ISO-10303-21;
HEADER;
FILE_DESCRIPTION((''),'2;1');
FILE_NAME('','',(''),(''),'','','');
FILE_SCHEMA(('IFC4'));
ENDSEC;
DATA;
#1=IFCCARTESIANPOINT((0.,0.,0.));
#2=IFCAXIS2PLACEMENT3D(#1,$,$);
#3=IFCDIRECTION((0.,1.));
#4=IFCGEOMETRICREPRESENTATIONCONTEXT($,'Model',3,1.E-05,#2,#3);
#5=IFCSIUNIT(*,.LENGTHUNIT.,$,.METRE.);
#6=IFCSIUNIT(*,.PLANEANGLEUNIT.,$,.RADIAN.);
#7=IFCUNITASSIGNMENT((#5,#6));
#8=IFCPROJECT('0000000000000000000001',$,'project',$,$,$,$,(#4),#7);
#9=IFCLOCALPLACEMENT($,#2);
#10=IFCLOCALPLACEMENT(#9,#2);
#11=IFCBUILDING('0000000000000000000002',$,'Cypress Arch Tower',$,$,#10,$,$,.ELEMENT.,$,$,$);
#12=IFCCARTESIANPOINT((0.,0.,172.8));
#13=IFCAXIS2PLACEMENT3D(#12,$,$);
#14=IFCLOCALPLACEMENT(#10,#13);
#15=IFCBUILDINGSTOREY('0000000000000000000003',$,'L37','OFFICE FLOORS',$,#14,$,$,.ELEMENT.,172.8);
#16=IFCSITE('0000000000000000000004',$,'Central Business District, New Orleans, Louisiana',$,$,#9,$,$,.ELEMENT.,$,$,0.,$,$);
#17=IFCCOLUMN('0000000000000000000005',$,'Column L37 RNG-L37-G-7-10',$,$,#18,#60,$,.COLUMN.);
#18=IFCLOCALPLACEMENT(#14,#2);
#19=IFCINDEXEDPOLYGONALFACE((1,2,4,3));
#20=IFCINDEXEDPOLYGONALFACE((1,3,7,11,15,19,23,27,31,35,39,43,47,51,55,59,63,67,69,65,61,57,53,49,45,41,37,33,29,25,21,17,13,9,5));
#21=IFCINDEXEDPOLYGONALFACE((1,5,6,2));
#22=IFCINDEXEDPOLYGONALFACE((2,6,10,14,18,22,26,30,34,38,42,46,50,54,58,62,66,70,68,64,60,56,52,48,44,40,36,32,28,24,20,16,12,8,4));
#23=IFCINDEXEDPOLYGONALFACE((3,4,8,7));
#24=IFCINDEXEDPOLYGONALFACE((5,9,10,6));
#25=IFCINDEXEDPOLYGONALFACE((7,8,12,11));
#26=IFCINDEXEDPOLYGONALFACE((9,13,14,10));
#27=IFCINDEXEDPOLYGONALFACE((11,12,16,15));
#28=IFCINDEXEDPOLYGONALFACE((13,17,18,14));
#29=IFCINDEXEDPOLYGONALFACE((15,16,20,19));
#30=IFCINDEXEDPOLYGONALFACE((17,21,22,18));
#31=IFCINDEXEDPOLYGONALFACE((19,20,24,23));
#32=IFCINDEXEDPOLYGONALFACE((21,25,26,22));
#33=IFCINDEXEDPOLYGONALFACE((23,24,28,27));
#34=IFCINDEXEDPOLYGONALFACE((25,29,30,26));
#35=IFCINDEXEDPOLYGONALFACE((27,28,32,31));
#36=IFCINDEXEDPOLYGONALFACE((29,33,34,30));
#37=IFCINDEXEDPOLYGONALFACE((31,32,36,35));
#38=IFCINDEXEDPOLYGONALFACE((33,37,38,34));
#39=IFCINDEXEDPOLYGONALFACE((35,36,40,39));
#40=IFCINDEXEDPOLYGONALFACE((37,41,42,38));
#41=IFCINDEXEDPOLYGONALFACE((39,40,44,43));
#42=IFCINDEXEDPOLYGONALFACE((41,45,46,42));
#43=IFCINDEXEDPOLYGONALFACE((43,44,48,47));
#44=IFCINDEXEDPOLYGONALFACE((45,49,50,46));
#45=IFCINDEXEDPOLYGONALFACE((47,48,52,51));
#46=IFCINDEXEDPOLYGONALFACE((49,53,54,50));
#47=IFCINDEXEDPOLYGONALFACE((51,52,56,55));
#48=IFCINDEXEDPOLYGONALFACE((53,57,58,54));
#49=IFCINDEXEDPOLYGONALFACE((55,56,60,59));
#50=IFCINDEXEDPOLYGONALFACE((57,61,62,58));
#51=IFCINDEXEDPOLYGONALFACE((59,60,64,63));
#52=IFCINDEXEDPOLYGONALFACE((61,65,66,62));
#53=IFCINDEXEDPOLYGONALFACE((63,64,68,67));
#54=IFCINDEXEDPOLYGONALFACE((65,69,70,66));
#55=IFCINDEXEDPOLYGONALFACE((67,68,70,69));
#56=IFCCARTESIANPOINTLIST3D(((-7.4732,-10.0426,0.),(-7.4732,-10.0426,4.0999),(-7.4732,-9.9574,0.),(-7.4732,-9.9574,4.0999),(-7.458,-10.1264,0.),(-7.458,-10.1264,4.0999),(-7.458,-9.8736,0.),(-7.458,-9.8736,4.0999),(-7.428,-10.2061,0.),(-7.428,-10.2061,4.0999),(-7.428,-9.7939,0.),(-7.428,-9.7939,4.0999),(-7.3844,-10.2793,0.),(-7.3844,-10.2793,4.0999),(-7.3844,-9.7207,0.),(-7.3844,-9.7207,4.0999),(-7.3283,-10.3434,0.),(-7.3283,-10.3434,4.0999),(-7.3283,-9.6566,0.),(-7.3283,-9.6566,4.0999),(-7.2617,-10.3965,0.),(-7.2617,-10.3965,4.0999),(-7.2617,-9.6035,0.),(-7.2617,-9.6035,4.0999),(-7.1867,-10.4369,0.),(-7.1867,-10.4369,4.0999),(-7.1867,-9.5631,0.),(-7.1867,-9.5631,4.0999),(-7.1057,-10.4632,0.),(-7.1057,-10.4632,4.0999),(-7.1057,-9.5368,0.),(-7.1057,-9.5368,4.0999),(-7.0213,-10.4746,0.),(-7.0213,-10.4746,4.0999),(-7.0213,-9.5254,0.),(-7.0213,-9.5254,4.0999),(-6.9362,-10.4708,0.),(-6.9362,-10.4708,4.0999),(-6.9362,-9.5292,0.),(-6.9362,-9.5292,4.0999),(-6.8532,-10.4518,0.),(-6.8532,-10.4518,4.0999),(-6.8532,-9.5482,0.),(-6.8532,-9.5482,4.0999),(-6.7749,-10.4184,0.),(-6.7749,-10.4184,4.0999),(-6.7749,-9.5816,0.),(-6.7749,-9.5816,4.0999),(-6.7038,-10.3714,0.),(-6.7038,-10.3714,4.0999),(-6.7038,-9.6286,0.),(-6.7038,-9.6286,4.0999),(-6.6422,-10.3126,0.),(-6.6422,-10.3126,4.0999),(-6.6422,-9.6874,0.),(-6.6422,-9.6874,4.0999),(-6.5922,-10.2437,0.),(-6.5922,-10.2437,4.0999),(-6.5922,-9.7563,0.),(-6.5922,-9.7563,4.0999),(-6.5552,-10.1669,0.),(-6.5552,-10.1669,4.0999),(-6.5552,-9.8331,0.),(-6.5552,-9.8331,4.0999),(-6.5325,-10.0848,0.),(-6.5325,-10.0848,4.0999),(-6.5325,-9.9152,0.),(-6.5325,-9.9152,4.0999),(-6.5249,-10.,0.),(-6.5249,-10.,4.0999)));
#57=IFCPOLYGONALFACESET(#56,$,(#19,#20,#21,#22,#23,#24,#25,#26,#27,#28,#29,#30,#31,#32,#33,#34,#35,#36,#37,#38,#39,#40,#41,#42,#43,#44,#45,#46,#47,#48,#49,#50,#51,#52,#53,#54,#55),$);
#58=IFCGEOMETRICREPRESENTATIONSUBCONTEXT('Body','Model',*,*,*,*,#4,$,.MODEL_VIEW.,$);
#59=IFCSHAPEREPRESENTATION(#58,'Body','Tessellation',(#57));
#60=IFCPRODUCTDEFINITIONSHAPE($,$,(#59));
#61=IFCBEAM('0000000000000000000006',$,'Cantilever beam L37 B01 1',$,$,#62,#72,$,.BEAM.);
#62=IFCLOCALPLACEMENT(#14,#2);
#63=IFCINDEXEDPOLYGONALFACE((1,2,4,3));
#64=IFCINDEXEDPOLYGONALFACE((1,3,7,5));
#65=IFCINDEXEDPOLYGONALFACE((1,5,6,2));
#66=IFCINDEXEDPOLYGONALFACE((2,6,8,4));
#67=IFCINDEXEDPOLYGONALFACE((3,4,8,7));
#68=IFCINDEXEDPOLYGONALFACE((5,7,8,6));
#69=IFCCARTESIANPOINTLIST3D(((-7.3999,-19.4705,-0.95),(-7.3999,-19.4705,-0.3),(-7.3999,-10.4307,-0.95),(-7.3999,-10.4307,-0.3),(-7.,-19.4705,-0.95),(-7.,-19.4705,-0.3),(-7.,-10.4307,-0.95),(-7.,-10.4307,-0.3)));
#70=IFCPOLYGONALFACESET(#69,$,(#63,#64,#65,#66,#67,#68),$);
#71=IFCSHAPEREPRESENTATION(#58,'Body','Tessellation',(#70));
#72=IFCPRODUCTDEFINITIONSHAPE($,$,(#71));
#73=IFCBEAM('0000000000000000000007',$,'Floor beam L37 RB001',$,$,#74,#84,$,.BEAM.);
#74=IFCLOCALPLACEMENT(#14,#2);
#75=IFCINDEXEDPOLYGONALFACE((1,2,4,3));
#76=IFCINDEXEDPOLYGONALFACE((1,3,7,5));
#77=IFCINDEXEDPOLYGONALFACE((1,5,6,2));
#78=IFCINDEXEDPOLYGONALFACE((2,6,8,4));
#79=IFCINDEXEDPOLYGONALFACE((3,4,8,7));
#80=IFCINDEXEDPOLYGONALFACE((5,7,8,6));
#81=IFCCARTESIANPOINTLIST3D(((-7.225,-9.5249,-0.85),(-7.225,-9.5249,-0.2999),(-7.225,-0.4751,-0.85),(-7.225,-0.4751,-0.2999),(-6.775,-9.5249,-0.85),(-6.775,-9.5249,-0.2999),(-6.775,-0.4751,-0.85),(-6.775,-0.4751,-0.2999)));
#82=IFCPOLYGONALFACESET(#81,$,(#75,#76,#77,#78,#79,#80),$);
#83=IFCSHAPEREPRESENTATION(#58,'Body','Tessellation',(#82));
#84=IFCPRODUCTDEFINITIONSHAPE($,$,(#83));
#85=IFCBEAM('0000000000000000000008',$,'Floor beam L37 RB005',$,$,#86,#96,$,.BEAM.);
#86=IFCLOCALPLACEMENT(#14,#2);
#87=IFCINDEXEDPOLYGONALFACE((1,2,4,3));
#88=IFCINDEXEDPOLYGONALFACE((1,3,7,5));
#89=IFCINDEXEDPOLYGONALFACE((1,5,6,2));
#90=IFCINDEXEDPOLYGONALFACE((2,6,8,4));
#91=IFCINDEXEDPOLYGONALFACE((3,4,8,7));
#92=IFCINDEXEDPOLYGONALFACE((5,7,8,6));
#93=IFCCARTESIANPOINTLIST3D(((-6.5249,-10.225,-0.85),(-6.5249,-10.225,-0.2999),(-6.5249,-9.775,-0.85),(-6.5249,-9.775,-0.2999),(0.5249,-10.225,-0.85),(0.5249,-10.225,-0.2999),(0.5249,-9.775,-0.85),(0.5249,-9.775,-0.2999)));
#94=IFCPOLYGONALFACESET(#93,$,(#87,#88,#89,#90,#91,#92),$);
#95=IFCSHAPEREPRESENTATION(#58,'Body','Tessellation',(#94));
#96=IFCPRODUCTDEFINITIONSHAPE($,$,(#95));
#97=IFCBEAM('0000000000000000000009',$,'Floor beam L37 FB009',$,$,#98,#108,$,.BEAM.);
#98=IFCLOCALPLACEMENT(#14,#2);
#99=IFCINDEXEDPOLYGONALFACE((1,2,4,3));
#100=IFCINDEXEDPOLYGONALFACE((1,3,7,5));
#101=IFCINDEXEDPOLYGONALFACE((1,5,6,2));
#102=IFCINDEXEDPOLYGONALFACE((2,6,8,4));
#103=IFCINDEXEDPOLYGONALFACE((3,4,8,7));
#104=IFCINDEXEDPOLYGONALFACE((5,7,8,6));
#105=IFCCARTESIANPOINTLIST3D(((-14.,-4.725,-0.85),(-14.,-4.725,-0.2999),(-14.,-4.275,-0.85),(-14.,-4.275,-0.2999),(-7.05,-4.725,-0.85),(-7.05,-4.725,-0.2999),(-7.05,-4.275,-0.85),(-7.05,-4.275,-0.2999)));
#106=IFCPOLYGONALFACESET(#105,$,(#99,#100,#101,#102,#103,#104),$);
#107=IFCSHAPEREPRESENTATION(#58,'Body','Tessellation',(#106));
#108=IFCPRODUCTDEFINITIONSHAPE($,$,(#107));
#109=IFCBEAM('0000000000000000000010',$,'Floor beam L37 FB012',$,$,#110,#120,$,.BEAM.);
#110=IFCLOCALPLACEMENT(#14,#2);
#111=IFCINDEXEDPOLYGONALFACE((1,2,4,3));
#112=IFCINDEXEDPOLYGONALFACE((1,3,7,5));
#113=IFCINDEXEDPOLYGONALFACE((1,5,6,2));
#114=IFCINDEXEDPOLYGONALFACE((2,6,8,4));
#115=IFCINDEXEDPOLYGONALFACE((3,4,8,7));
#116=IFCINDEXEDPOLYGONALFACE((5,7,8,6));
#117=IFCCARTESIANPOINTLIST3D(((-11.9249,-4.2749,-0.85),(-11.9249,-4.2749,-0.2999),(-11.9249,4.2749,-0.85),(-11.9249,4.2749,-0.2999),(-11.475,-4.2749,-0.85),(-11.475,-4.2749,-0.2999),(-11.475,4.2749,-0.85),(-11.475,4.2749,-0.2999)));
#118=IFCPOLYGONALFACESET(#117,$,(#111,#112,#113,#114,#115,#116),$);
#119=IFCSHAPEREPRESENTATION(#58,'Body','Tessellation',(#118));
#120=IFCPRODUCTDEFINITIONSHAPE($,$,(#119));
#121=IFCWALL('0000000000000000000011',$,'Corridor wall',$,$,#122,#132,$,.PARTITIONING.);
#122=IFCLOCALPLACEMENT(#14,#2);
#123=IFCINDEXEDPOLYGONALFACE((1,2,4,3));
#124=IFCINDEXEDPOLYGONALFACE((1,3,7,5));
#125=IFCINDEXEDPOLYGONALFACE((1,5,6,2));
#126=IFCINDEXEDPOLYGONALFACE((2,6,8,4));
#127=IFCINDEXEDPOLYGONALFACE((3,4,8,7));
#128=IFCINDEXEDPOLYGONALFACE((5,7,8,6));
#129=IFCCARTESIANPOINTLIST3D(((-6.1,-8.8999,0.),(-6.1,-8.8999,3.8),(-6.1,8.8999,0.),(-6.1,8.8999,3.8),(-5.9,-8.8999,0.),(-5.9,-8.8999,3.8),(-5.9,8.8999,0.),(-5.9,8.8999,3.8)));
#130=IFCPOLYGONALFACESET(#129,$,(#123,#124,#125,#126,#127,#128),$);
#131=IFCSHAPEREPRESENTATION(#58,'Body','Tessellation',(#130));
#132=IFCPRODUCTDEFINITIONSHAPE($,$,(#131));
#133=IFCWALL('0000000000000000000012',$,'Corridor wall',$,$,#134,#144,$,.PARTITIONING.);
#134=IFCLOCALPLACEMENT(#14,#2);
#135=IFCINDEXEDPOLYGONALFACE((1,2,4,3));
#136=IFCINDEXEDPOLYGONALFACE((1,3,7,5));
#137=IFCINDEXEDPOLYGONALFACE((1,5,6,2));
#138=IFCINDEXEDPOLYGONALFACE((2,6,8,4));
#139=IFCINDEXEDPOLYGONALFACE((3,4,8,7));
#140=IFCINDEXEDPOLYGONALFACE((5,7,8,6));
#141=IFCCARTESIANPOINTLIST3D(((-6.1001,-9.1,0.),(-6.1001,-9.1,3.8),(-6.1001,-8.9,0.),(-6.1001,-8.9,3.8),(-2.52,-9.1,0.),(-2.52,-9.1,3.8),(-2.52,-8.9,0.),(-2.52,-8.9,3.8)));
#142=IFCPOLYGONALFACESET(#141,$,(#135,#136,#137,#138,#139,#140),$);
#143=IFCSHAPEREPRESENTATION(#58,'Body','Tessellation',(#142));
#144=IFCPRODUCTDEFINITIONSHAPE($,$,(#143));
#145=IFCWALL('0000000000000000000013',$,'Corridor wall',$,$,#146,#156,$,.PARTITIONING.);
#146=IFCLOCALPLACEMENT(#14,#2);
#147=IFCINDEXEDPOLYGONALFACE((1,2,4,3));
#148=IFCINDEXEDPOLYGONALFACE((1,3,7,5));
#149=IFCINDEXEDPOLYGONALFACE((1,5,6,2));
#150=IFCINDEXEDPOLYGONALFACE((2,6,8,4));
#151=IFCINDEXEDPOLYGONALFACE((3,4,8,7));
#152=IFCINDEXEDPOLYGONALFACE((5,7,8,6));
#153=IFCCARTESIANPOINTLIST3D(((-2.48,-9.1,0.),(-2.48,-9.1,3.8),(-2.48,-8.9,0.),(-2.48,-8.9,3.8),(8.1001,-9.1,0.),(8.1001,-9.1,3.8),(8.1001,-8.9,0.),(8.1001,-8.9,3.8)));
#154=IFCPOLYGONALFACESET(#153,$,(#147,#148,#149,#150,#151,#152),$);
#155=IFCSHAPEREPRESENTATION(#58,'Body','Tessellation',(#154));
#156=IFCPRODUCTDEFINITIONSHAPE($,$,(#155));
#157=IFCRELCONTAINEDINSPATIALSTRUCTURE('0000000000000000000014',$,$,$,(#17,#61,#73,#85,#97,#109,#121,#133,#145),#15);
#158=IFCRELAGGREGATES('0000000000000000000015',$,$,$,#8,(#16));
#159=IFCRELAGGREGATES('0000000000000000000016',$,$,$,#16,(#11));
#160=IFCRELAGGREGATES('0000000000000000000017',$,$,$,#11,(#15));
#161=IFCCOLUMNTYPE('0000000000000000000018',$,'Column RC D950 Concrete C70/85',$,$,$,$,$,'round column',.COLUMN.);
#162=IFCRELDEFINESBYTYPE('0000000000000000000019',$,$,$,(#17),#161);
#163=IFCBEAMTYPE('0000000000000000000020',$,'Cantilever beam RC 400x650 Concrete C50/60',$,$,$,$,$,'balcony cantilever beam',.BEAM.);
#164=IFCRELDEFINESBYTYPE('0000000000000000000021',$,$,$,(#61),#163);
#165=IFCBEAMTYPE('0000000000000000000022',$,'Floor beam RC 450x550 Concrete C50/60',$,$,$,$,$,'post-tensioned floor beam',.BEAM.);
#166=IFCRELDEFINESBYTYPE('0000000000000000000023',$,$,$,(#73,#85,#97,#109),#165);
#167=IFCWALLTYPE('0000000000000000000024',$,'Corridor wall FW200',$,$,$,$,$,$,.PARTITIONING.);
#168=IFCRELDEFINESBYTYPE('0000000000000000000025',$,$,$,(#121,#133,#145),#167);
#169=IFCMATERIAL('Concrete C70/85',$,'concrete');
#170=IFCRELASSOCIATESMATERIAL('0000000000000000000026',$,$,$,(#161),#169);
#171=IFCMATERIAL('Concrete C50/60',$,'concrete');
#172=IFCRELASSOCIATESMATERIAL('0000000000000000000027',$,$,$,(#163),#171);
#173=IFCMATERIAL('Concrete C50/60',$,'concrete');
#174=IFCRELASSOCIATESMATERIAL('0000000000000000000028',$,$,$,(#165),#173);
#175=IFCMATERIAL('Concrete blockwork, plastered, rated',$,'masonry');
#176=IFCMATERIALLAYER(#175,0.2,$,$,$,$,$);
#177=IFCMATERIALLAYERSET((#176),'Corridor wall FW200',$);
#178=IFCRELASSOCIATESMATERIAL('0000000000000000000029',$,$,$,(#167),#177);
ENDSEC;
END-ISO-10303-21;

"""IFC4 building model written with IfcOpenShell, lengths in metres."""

from ifc_helpers import new_model, si_unit, direction, frame, frame_2d, origin, origin_2d, place, context, subcontext, project, spatial, rectangle, circle, extrude, material, layer, layer_set, material_profile, profile_set, type_object, element, save


model = new_model("IFC4")

# Units and contexts
model_context = context("Model", 3, precision=1e-05, world=origin(), true_north=direction((0.0, 1.0)))
body_context = subcontext(model_context, "Body", "Model", "MODEL_VIEW")
ifc_project = project(units=[si_unit("LENGTHUNIT", "METRE"), si_unit("PLANEANGLEUNIT", "RADIAN")], contexts=[model_context])

# Site, building, storey
site_placement = place(None, origin())
site = spatial("IfcSite", under=ifc_project, at=site_placement, Name="Central Business District, New Orleans, Louisiana", CompositionType="ELEMENT", RefElevation=0.0)
building_placement = place(site_placement, origin())
building = spatial("IfcBuilding", under=site, at=building_placement, Name="Cypress Arch Tower", CompositionType="ELEMENT")
storey_placement = place(building_placement, frame((0.0, 0.0, 172.8)))
storey = spatial("IfcBuildingStorey", under=building, at=storey_placement, Name="L37", Description="OFFICE FLOORS", CompositionType="ELEMENT", Elevation=172.8)

# Column
ifc_material_1 = material(Name="Concrete C70/85", Category="concrete")
ifc_material_profile_1 = material_profile(ifc_material_1, circle(Radius=0.4751, at=origin_2d()), Name="RC D950")
ifc_profile_set_1 = profile_set([ifc_material_profile_1], Name="Concrete C70/85")
column_type = type_object("IfcColumnType", Name="Column RC D950 Concrete C70/85", ElementType="round column", PredefinedType="COLUMN", material=ifc_profile_set_1)
column_placement = place(storey_placement, frame((-7.0, -10.0, 0.0), z_axis=(0.0, 0.0, 1.0), x_axis=(1.0, 0.0, 0.0)))
element("IfcColumn", 1, at=column_placement, inside=storey, type_object=column_type, Name="Column L37 RNG-L37-G-7-10", PredefinedType="COLUMN", context=body_context, shape_type="SweptSolid", body=[
    extrude(circle(Radius=0.4751, at=origin_2d()), origin(), (0.0, 0.0, 1.0), 4.0999),
])

# Beams
ifc_material_2 = material(Name="Concrete C50/60", Category="concrete")
ifc_material_profile_2 = material_profile(ifc_material_2, rectangle(XDim=0.3999, YDim=0.6499, at=origin_2d()), Name="RC 400x650")
ifc_profile_set_2 = profile_set([ifc_material_profile_2], Name="Concrete C50/60")
beam_type_1 = type_object("IfcBeamType", Name="Cantilever beam RC 400x650 Concrete C50/60", ElementType="balcony cantilever beam", PredefinedType="BEAM", material=ifc_profile_set_2)
beam_1_placement = place(storey_placement, frame((-7.2, -10.4307, -0.625), z_axis=(0.0, -1.0, 0.0), x_axis=(1.0, 0.0, 0.0)))
element("IfcBeam", 2, at=beam_1_placement, inside=storey, type_object=beam_type_1, Name="Cantilever beam L37 B01 1", PredefinedType="BEAM", context=body_context, shape_type="SweptSolid", body=[
    extrude(rectangle(XDim=0.3999, YDim=0.6499, at=origin_2d()), origin(), (0.0, 0.0, 1.0), 9.0398),
])
ifc_material_3 = material(Name="Concrete C50/60", Category="concrete")
ifc_material_profile_3 = material_profile(ifc_material_3, rectangle(XDim=0.45, YDim=0.55, at=origin_2d()), Name="RC 450x550")
ifc_profile_set_3 = profile_set([ifc_material_profile_3], Name="Concrete C50/60")
beam_type_2 = type_object("IfcBeamType", Name="Floor beam RC 450x550 Concrete C50/60", ElementType="post-tensioned floor beam", PredefinedType="BEAM", material=ifc_profile_set_3)
beam_2_placement = place(storey_placement, frame((-7.0, -9.5249, -0.575), z_axis=(0.0, 1.0, 0.0), x_axis=(-1.0, 0.0, 0.0)))
element("IfcBeam", 3, at=beam_2_placement, inside=storey, type_object=beam_type_2, Name="Floor beam L37 RB001", PredefinedType="BEAM", context=body_context, shape_type="SweptSolid", body=[
    extrude(rectangle(XDim=0.45, YDim=0.55, at=origin_2d()), origin(), (0.0, 0.0, 1.0), 9.0498),
])
beam_3_placement = place(storey_placement, frame((-6.5249, -10.0, -0.575), z_axis=(1.0, 0.0, 0.0), x_axis=(0.0, 1.0, 0.0)))
element("IfcBeam", 4, at=beam_3_placement, inside=storey, type_object=beam_type_2, Name="Floor beam L37 RB005", PredefinedType="BEAM", context=body_context, shape_type="SweptSolid", body=[
    extrude(rectangle(XDim=0.45, YDim=0.55, at=origin_2d()), origin(), (0.0, 0.0, 1.0), 7.0498),
])
beam_4_placement = place(storey_placement, frame((-14.0, -4.5, -0.575), z_axis=(1.0, 0.0, 0.0), x_axis=(0.0, 1.0, 0.0)))
element("IfcBeam", 5, at=beam_4_placement, inside=storey, type_object=beam_type_2, Name="Floor beam L37 FB009", PredefinedType="BEAM", context=body_context, shape_type="SweptSolid", body=[
    extrude(rectangle(XDim=0.45, YDim=0.55, at=origin_2d()), origin(), (0.0, 0.0, 1.0), 6.95),
])
beam_5_placement = place(storey_placement, frame((-11.7, -4.2749, -0.575), z_axis=(0.0, 1.0, 0.0), x_axis=(-1.0, 0.0, 0.0)))
element("IfcBeam", 6, at=beam_5_placement, inside=storey, type_object=beam_type_2, Name="Floor beam L37 FB012", PredefinedType="BEAM", context=body_context, shape_type="SweptSolid", body=[
    extrude(rectangle(XDim=0.45, YDim=0.55, at=origin_2d()), origin(), (0.0, 0.0, 1.0), 8.5498),
])

# Walls
ifc_material_4 = material(Name="Concrete blockwork, plastered, rated", Category="masonry")
ifc_layer = layer(ifc_material_4, 0.2)
ifc_layer_set = layer_set([ifc_layer], Name="Corridor wall FW200")
wall_type = type_object("IfcWallType", Name="Corridor wall FW200", PredefinedType="PARTITIONING", material=ifc_layer_set)
wall_1_placement = place(storey_placement, frame((-6.0, -8.8999, 0.0), z_axis=(0.0, 0.0, 1.0), x_axis=(0.0, 1.0, 0.0)))
element("IfcWall", 7, at=wall_1_placement, inside=storey, type_object=wall_type, Name="Corridor wall", PredefinedType="PARTITIONING", context=body_context, shape_type="SweptSolid", body=[
    extrude(rectangle(XDim=17.7998, YDim=0.2, at=frame_2d((8.8999, 0.0))), origin(), (0.0, 0.0, 1.0), 3.8),
])
wall_2_placement = place(storey_placement, frame((-6.1001, -9.0, 0.0), z_axis=(0.0, 0.0, 1.0), x_axis=(1.0, 0.0, 0.0)))
element("IfcWall", 8, at=wall_2_placement, inside=storey, type_object=wall_type, Name="Corridor wall", PredefinedType="PARTITIONING", context=body_context, shape_type="SweptSolid", body=[
    extrude(rectangle(XDim=3.5801, YDim=0.2, at=frame_2d((1.79, 0.0))), origin(), (0.0, 0.0, 1.0), 3.8),
])
wall_3_placement = place(storey_placement, frame((-2.48, -9.0, 0.0), z_axis=(0.0, 0.0, 1.0), x_axis=(1.0, 0.0, 0.0)))
element("IfcWall", 9, at=wall_3_placement, inside=storey, type_object=wall_type, Name="Corridor wall", PredefinedType="PARTITIONING", context=body_context, shape_type="SweptSolid", body=[
    extrude(rectangle(XDim=10.5801, YDim=0.2, at=frame_2d((5.29, 0.0))), origin(), (0.0, 0.0, 1.0), 3.8),
])

save(model, "model.ifc")
